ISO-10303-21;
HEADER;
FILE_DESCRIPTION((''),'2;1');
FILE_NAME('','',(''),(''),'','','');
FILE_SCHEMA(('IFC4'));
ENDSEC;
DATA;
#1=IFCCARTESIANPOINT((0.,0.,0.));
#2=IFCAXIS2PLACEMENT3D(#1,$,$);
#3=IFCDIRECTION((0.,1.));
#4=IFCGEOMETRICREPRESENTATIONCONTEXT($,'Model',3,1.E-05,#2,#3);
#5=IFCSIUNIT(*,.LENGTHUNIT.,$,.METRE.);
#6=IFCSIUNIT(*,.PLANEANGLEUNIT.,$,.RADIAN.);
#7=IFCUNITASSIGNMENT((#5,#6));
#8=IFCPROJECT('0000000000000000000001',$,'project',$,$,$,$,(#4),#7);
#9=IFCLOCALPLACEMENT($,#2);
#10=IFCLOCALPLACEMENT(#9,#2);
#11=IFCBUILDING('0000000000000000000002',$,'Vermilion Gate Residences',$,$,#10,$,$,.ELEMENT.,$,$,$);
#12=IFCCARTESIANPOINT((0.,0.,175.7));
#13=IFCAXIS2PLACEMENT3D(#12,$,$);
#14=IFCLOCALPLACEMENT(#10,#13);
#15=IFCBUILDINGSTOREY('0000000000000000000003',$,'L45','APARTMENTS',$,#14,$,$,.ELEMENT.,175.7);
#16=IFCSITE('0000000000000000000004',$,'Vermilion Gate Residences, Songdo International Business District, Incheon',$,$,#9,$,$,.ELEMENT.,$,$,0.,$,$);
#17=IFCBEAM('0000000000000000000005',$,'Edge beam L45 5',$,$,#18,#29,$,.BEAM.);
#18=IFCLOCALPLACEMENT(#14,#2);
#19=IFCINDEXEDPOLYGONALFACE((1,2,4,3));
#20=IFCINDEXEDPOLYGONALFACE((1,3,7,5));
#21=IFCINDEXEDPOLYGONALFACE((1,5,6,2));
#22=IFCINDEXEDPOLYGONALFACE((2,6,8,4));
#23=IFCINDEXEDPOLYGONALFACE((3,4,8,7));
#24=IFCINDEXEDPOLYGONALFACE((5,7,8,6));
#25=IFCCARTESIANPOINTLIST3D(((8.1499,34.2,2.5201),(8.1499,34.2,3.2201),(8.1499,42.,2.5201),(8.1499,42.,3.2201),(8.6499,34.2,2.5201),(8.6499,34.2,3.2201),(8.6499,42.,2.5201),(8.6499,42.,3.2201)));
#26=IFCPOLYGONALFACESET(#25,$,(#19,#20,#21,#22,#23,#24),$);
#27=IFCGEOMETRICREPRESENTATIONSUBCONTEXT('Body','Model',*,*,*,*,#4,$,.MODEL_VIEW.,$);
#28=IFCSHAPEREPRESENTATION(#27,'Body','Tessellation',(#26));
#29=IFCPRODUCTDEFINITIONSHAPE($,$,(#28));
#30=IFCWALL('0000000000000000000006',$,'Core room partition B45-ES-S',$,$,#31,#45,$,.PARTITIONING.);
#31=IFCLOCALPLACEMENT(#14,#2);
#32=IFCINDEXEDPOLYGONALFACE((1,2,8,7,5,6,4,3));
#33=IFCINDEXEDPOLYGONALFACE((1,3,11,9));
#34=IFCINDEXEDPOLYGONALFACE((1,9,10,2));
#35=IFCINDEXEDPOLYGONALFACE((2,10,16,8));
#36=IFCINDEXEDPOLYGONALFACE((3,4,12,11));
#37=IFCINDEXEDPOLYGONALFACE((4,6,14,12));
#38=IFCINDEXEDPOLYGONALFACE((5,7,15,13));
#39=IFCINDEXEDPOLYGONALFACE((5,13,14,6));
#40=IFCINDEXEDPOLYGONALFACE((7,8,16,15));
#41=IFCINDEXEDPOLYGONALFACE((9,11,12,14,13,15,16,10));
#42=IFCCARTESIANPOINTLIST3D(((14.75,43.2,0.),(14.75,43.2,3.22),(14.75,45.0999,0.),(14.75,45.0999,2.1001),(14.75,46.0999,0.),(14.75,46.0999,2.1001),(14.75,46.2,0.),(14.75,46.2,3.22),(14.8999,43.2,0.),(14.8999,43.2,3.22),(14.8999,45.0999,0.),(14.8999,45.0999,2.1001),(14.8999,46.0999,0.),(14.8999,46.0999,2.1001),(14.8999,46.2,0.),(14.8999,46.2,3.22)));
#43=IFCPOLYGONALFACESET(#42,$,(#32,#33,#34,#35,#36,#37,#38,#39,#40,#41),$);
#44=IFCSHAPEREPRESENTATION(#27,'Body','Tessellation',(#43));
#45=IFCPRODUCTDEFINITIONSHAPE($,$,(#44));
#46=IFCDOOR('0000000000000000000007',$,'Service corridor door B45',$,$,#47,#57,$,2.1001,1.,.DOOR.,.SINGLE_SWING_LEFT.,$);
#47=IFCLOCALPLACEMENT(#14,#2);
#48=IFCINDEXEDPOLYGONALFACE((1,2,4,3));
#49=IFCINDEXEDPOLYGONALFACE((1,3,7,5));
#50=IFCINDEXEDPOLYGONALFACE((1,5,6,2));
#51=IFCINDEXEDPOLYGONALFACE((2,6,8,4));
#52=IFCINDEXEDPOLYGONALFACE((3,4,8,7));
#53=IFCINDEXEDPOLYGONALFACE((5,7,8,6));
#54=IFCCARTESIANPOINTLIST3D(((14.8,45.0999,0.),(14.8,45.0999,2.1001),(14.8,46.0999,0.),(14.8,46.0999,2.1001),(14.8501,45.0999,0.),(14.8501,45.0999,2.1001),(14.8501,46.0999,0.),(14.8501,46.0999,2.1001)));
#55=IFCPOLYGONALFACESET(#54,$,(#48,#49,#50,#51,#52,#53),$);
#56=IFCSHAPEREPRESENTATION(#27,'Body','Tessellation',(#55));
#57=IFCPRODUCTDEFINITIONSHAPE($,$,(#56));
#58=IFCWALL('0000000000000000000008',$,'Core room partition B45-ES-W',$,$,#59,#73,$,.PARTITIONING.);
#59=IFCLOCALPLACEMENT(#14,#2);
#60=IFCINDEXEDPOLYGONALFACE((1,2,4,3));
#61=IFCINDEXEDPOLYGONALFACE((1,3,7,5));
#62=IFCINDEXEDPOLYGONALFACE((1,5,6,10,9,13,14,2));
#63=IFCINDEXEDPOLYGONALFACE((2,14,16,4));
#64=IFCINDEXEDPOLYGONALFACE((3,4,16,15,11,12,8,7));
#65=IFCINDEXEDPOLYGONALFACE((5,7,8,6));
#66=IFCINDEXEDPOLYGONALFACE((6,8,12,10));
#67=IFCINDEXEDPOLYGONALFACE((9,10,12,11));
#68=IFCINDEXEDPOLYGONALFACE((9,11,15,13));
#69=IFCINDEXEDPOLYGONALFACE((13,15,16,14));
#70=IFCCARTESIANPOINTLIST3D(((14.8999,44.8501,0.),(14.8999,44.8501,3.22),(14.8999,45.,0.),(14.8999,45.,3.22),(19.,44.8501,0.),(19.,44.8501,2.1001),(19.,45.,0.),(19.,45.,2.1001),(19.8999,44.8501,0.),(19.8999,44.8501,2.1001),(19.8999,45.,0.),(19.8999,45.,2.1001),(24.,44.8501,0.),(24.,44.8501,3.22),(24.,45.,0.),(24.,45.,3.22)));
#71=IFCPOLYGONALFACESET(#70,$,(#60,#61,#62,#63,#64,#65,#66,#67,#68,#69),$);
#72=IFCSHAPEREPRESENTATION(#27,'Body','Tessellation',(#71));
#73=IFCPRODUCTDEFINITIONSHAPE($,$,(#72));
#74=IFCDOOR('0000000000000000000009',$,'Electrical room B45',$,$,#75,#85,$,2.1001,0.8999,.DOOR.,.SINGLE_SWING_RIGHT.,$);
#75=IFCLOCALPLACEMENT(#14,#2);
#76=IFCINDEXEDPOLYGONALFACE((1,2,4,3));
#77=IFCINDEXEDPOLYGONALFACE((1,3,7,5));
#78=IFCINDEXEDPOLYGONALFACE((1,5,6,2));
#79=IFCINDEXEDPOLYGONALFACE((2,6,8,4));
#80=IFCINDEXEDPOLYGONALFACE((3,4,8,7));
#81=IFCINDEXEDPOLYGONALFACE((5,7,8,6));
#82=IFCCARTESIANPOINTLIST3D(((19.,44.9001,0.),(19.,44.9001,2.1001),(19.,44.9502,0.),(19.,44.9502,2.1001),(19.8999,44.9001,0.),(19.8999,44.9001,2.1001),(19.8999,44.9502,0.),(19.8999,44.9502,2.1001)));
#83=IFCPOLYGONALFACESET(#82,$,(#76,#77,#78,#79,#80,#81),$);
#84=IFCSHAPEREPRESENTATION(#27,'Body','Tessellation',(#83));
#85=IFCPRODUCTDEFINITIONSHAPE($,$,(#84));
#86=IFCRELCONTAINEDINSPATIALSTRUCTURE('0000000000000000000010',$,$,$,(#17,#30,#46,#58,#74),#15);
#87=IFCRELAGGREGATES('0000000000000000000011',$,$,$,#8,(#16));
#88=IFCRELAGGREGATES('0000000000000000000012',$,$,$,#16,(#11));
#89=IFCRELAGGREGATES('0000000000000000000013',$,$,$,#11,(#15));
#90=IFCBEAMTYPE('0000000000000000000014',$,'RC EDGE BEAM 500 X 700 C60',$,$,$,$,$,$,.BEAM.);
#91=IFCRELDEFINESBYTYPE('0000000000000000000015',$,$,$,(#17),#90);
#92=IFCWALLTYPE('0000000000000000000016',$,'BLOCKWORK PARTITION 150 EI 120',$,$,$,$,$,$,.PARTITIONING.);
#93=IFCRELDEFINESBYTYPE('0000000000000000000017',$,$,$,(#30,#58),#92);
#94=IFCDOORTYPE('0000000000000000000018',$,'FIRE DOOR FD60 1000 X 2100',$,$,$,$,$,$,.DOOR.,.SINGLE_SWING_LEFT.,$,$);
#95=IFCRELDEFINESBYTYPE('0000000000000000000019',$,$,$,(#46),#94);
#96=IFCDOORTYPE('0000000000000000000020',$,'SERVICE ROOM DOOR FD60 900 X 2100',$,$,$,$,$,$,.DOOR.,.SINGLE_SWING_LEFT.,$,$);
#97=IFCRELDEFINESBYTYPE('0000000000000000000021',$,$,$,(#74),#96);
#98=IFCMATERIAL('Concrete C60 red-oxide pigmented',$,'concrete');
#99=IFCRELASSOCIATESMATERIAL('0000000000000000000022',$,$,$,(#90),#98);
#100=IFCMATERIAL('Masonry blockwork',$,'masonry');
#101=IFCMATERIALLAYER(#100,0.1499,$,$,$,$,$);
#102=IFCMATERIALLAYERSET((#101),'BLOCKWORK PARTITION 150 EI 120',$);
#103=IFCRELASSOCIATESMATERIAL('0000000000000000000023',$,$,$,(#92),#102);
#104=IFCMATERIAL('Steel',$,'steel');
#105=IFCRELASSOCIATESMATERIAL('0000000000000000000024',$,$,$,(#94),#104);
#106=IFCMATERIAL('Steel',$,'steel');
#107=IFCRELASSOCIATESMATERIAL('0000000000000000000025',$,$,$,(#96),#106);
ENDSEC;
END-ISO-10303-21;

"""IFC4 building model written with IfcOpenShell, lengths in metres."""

from ifc_helpers import new_model, si_unit, direction, frame, frame_2d, origin, origin_2d, place, context, subcontext, project, spatial, rectangle, extrude, material, layer, layer_set, material_profile, profile_set, type_object, element, fill, save


model = new_model("IFC4")

# Units and contexts
model_context = context("Model", 3, precision=1e-05, world=origin(), true_north=direction((0.0, 1.0)))
body_context = subcontext(model_context, "Body", "Model", "MODEL_VIEW")
ifc_project = project(units=[si_unit("LENGTHUNIT", "METRE"), si_unit("PLANEANGLEUNIT", "RADIAN")], contexts=[model_context])

# Site, building, storey
site_placement = place(None, origin())
site = spatial("IfcSite", under=ifc_project, at=site_placement, Name="Vermilion Gate Residences, Songdo International Business District, Incheon", CompositionType="ELEMENT", RefElevation=0.0)
building_placement = place(site_placement, origin())
building = spatial("IfcBuilding", under=site, at=building_placement, Name="Vermilion Gate Residences", CompositionType="ELEMENT")
storey_placement = place(building_placement, frame((0.0, 0.0, 175.7)))
storey = spatial("IfcBuildingStorey", under=building, at=storey_placement, Name="L45", Description="APARTMENTS", CompositionType="ELEMENT", Elevation=175.7)

# Beam
ifc_material_1 = material(Name="Concrete C60 red-oxide pigmented", Category="concrete")
ifc_material_profile_1 = material_profile(ifc_material_1, rectangle(XDim=0.5, YDim=0.7, at=origin_2d()), Name="RC-500x700")
ifc_profile_set_1 = profile_set([ifc_material_profile_1], Name="Concrete C60 red-oxide pigmented")
beam_type = type_object("IfcBeamType", Name="RC EDGE BEAM 500 X 700 C60", PredefinedType="BEAM", material=ifc_profile_set_1)
beam_placement = place(storey_placement, frame((8.3999, 34.2, 2.8701), z_axis=(0.0, 1.0, 0.0), x_axis=(-1.0, 0.0, 0.0)))
element("IfcBeam", 1, at=beam_placement, inside=storey, type_object=beam_type, Name="Edge beam L45 5", PredefinedType="BEAM", context=body_context, shape_type="SweptSolid", body=[
    extrude(rectangle(XDim=0.5, YDim=0.7, at=origin_2d()), origin(), (0.0, 0.0, 1.0), 7.8),
])

# Walls, openings, doors
ifc_material_2 = material(Name="Masonry blockwork", Category="masonry")
ifc_layer_1 = layer(ifc_material_2, 0.1499)
ifc_layer_set_1 = layer_set([ifc_layer_1], Name="BLOCKWORK PARTITION 150 EI 120")
wall_type_1 = type_object("IfcWallType", Name="BLOCKWORK PARTITION 150 EI 120", PredefinedType="PARTITIONING", material=ifc_layer_set_1)
wall_1_placement = place(storey_placement, frame((14.825, 46.2, 0.0), z_axis=(0.0, 0.0, 1.0), x_axis=(0.0, -1.0, 0.0)))
wall_1 = element("IfcWall", 2, at=wall_1_placement, inside=storey, type_object=wall_type_1, Name="Core room partition B45-ES-S", PredefinedType="PARTITIONING", context=body_context, shape_type="SweptSolid", body=[
    extrude(rectangle(XDim=3.0, YDim=0.1499, at=frame_2d((1.5, 0.0))), origin(), (0.0, 0.0, 1.0), 3.22),
])
opening_1_placement = place(wall_1_placement, frame((0.1001, 0.0, 0.0)))
opening_1 = element("IfcOpeningElement", 3, at=opening_1_placement, cuts=wall_1, PredefinedType="OPENING", context=body_context, shape_type="SweptSolid", body=[
    extrude(rectangle(XDim=1.0, YDim=2.1001, at=frame_2d((0.5, 1.05))), frame((0.0, 0.085, 0.0), z_axis=(0.0, -1.0, 0.0), x_axis=(1.0, 0.0, 0.0)), (0.0, 0.0, 1.0), 0.1699),
])
ifc_material_3 = material(Name="Steel", Category="steel")
door_type_1 = type_object("IfcDoorType", Name="FIRE DOOR FD60 1000 X 2100", OperationType="SINGLE_SWING_LEFT", PredefinedType="DOOR", material=ifc_material_3)
door_1_placement = place(opening_1_placement, frame((1.0, 0.0, 0.0), z_axis=(0.0, 0.0, 1.0), x_axis=(-1.0, 0.0, 0.0)))
door_1 = element("IfcDoor", 4, at=door_1_placement, inside=storey, type_object=door_type_1, Name="Service corridor door B45", OperationType="SINGLE_SWING_LEFT", OverallHeight=2.1001, OverallWidth=1.0, PredefinedType="DOOR", context=body_context, shape_type="SweptSolid", body=[
    extrude(rectangle(XDim=1.0, YDim=2.1001, at=frame_2d((0.5, 1.05))), frame((0.0, 0.0249, 0.0), z_axis=(0.0, -1.0, 0.0), x_axis=(1.0, 0.0, 0.0)), (0.0, 0.0, 1.0), 0.05),
])
fill(opening_1, door_1)
wall_2_placement = place(storey_placement, frame((14.8999, 44.925, 0.0), z_axis=(0.0, 0.0, 1.0), x_axis=(1.0, 0.0, 0.0)))
wall_2 = element("IfcWall", 5, at=wall_2_placement, inside=storey, type_object=wall_type_1, Name="Core room partition B45-ES-W", PredefinedType="PARTITIONING", context=body_context, shape_type="SweptSolid", body=[
    extrude(rectangle(XDim=9.1001, YDim=0.1499, at=frame_2d((4.55, 0.0))), origin(), (0.0, 0.0, 1.0), 3.22),
])
opening_2_placement = place(wall_2_placement, frame((4.1001, 0.0, 0.0)))
opening_2 = element("IfcOpeningElement", 6, at=opening_2_placement, cuts=wall_2, PredefinedType="OPENING", context=body_context, shape_type="SweptSolid", body=[
    extrude(rectangle(XDim=0.8999, YDim=2.1001, at=frame_2d((0.45, 1.05))), frame((0.0, 0.085, 0.0), z_axis=(0.0, -1.0, 0.0), x_axis=(1.0, 0.0, 0.0)), (0.0, 0.0, 1.0), 0.1699),
])
ifc_material_4 = material(Name="Steel", Category="steel")
door_type_2 = type_object("IfcDoorType", Name="SERVICE ROOM DOOR FD60 900 X 2100", OperationType="SINGLE_SWING_LEFT", PredefinedType="DOOR", material=ifc_material_4)
door_2_placement = place(opening_2_placement, frame((0.8999, 0.0, 0.0), z_axis=(0.0, 0.0, 1.0), x_axis=(-1.0, 0.0, 0.0)))
door_2 = element("IfcDoor", 7, at=door_2_placement, inside=storey, type_object=door_type_2, Name="Electrical room B45", OperationType="SINGLE_SWING_RIGHT", OverallHeight=2.1001, OverallWidth=0.8999, PredefinedType="DOOR", context=body_context, shape_type="SweptSolid", body=[
    extrude(rectangle(XDim=0.8999, YDim=2.1001, at=frame_2d((0.45, 1.05))), frame((0.0, 0.0249, 0.0), z_axis=(0.0, -1.0, 0.0), x_axis=(1.0, 0.0, 0.0)), (0.0, 0.0, 1.0), 0.05),
])
fill(opening_2, door_2)

save(model, "model.ifc")
